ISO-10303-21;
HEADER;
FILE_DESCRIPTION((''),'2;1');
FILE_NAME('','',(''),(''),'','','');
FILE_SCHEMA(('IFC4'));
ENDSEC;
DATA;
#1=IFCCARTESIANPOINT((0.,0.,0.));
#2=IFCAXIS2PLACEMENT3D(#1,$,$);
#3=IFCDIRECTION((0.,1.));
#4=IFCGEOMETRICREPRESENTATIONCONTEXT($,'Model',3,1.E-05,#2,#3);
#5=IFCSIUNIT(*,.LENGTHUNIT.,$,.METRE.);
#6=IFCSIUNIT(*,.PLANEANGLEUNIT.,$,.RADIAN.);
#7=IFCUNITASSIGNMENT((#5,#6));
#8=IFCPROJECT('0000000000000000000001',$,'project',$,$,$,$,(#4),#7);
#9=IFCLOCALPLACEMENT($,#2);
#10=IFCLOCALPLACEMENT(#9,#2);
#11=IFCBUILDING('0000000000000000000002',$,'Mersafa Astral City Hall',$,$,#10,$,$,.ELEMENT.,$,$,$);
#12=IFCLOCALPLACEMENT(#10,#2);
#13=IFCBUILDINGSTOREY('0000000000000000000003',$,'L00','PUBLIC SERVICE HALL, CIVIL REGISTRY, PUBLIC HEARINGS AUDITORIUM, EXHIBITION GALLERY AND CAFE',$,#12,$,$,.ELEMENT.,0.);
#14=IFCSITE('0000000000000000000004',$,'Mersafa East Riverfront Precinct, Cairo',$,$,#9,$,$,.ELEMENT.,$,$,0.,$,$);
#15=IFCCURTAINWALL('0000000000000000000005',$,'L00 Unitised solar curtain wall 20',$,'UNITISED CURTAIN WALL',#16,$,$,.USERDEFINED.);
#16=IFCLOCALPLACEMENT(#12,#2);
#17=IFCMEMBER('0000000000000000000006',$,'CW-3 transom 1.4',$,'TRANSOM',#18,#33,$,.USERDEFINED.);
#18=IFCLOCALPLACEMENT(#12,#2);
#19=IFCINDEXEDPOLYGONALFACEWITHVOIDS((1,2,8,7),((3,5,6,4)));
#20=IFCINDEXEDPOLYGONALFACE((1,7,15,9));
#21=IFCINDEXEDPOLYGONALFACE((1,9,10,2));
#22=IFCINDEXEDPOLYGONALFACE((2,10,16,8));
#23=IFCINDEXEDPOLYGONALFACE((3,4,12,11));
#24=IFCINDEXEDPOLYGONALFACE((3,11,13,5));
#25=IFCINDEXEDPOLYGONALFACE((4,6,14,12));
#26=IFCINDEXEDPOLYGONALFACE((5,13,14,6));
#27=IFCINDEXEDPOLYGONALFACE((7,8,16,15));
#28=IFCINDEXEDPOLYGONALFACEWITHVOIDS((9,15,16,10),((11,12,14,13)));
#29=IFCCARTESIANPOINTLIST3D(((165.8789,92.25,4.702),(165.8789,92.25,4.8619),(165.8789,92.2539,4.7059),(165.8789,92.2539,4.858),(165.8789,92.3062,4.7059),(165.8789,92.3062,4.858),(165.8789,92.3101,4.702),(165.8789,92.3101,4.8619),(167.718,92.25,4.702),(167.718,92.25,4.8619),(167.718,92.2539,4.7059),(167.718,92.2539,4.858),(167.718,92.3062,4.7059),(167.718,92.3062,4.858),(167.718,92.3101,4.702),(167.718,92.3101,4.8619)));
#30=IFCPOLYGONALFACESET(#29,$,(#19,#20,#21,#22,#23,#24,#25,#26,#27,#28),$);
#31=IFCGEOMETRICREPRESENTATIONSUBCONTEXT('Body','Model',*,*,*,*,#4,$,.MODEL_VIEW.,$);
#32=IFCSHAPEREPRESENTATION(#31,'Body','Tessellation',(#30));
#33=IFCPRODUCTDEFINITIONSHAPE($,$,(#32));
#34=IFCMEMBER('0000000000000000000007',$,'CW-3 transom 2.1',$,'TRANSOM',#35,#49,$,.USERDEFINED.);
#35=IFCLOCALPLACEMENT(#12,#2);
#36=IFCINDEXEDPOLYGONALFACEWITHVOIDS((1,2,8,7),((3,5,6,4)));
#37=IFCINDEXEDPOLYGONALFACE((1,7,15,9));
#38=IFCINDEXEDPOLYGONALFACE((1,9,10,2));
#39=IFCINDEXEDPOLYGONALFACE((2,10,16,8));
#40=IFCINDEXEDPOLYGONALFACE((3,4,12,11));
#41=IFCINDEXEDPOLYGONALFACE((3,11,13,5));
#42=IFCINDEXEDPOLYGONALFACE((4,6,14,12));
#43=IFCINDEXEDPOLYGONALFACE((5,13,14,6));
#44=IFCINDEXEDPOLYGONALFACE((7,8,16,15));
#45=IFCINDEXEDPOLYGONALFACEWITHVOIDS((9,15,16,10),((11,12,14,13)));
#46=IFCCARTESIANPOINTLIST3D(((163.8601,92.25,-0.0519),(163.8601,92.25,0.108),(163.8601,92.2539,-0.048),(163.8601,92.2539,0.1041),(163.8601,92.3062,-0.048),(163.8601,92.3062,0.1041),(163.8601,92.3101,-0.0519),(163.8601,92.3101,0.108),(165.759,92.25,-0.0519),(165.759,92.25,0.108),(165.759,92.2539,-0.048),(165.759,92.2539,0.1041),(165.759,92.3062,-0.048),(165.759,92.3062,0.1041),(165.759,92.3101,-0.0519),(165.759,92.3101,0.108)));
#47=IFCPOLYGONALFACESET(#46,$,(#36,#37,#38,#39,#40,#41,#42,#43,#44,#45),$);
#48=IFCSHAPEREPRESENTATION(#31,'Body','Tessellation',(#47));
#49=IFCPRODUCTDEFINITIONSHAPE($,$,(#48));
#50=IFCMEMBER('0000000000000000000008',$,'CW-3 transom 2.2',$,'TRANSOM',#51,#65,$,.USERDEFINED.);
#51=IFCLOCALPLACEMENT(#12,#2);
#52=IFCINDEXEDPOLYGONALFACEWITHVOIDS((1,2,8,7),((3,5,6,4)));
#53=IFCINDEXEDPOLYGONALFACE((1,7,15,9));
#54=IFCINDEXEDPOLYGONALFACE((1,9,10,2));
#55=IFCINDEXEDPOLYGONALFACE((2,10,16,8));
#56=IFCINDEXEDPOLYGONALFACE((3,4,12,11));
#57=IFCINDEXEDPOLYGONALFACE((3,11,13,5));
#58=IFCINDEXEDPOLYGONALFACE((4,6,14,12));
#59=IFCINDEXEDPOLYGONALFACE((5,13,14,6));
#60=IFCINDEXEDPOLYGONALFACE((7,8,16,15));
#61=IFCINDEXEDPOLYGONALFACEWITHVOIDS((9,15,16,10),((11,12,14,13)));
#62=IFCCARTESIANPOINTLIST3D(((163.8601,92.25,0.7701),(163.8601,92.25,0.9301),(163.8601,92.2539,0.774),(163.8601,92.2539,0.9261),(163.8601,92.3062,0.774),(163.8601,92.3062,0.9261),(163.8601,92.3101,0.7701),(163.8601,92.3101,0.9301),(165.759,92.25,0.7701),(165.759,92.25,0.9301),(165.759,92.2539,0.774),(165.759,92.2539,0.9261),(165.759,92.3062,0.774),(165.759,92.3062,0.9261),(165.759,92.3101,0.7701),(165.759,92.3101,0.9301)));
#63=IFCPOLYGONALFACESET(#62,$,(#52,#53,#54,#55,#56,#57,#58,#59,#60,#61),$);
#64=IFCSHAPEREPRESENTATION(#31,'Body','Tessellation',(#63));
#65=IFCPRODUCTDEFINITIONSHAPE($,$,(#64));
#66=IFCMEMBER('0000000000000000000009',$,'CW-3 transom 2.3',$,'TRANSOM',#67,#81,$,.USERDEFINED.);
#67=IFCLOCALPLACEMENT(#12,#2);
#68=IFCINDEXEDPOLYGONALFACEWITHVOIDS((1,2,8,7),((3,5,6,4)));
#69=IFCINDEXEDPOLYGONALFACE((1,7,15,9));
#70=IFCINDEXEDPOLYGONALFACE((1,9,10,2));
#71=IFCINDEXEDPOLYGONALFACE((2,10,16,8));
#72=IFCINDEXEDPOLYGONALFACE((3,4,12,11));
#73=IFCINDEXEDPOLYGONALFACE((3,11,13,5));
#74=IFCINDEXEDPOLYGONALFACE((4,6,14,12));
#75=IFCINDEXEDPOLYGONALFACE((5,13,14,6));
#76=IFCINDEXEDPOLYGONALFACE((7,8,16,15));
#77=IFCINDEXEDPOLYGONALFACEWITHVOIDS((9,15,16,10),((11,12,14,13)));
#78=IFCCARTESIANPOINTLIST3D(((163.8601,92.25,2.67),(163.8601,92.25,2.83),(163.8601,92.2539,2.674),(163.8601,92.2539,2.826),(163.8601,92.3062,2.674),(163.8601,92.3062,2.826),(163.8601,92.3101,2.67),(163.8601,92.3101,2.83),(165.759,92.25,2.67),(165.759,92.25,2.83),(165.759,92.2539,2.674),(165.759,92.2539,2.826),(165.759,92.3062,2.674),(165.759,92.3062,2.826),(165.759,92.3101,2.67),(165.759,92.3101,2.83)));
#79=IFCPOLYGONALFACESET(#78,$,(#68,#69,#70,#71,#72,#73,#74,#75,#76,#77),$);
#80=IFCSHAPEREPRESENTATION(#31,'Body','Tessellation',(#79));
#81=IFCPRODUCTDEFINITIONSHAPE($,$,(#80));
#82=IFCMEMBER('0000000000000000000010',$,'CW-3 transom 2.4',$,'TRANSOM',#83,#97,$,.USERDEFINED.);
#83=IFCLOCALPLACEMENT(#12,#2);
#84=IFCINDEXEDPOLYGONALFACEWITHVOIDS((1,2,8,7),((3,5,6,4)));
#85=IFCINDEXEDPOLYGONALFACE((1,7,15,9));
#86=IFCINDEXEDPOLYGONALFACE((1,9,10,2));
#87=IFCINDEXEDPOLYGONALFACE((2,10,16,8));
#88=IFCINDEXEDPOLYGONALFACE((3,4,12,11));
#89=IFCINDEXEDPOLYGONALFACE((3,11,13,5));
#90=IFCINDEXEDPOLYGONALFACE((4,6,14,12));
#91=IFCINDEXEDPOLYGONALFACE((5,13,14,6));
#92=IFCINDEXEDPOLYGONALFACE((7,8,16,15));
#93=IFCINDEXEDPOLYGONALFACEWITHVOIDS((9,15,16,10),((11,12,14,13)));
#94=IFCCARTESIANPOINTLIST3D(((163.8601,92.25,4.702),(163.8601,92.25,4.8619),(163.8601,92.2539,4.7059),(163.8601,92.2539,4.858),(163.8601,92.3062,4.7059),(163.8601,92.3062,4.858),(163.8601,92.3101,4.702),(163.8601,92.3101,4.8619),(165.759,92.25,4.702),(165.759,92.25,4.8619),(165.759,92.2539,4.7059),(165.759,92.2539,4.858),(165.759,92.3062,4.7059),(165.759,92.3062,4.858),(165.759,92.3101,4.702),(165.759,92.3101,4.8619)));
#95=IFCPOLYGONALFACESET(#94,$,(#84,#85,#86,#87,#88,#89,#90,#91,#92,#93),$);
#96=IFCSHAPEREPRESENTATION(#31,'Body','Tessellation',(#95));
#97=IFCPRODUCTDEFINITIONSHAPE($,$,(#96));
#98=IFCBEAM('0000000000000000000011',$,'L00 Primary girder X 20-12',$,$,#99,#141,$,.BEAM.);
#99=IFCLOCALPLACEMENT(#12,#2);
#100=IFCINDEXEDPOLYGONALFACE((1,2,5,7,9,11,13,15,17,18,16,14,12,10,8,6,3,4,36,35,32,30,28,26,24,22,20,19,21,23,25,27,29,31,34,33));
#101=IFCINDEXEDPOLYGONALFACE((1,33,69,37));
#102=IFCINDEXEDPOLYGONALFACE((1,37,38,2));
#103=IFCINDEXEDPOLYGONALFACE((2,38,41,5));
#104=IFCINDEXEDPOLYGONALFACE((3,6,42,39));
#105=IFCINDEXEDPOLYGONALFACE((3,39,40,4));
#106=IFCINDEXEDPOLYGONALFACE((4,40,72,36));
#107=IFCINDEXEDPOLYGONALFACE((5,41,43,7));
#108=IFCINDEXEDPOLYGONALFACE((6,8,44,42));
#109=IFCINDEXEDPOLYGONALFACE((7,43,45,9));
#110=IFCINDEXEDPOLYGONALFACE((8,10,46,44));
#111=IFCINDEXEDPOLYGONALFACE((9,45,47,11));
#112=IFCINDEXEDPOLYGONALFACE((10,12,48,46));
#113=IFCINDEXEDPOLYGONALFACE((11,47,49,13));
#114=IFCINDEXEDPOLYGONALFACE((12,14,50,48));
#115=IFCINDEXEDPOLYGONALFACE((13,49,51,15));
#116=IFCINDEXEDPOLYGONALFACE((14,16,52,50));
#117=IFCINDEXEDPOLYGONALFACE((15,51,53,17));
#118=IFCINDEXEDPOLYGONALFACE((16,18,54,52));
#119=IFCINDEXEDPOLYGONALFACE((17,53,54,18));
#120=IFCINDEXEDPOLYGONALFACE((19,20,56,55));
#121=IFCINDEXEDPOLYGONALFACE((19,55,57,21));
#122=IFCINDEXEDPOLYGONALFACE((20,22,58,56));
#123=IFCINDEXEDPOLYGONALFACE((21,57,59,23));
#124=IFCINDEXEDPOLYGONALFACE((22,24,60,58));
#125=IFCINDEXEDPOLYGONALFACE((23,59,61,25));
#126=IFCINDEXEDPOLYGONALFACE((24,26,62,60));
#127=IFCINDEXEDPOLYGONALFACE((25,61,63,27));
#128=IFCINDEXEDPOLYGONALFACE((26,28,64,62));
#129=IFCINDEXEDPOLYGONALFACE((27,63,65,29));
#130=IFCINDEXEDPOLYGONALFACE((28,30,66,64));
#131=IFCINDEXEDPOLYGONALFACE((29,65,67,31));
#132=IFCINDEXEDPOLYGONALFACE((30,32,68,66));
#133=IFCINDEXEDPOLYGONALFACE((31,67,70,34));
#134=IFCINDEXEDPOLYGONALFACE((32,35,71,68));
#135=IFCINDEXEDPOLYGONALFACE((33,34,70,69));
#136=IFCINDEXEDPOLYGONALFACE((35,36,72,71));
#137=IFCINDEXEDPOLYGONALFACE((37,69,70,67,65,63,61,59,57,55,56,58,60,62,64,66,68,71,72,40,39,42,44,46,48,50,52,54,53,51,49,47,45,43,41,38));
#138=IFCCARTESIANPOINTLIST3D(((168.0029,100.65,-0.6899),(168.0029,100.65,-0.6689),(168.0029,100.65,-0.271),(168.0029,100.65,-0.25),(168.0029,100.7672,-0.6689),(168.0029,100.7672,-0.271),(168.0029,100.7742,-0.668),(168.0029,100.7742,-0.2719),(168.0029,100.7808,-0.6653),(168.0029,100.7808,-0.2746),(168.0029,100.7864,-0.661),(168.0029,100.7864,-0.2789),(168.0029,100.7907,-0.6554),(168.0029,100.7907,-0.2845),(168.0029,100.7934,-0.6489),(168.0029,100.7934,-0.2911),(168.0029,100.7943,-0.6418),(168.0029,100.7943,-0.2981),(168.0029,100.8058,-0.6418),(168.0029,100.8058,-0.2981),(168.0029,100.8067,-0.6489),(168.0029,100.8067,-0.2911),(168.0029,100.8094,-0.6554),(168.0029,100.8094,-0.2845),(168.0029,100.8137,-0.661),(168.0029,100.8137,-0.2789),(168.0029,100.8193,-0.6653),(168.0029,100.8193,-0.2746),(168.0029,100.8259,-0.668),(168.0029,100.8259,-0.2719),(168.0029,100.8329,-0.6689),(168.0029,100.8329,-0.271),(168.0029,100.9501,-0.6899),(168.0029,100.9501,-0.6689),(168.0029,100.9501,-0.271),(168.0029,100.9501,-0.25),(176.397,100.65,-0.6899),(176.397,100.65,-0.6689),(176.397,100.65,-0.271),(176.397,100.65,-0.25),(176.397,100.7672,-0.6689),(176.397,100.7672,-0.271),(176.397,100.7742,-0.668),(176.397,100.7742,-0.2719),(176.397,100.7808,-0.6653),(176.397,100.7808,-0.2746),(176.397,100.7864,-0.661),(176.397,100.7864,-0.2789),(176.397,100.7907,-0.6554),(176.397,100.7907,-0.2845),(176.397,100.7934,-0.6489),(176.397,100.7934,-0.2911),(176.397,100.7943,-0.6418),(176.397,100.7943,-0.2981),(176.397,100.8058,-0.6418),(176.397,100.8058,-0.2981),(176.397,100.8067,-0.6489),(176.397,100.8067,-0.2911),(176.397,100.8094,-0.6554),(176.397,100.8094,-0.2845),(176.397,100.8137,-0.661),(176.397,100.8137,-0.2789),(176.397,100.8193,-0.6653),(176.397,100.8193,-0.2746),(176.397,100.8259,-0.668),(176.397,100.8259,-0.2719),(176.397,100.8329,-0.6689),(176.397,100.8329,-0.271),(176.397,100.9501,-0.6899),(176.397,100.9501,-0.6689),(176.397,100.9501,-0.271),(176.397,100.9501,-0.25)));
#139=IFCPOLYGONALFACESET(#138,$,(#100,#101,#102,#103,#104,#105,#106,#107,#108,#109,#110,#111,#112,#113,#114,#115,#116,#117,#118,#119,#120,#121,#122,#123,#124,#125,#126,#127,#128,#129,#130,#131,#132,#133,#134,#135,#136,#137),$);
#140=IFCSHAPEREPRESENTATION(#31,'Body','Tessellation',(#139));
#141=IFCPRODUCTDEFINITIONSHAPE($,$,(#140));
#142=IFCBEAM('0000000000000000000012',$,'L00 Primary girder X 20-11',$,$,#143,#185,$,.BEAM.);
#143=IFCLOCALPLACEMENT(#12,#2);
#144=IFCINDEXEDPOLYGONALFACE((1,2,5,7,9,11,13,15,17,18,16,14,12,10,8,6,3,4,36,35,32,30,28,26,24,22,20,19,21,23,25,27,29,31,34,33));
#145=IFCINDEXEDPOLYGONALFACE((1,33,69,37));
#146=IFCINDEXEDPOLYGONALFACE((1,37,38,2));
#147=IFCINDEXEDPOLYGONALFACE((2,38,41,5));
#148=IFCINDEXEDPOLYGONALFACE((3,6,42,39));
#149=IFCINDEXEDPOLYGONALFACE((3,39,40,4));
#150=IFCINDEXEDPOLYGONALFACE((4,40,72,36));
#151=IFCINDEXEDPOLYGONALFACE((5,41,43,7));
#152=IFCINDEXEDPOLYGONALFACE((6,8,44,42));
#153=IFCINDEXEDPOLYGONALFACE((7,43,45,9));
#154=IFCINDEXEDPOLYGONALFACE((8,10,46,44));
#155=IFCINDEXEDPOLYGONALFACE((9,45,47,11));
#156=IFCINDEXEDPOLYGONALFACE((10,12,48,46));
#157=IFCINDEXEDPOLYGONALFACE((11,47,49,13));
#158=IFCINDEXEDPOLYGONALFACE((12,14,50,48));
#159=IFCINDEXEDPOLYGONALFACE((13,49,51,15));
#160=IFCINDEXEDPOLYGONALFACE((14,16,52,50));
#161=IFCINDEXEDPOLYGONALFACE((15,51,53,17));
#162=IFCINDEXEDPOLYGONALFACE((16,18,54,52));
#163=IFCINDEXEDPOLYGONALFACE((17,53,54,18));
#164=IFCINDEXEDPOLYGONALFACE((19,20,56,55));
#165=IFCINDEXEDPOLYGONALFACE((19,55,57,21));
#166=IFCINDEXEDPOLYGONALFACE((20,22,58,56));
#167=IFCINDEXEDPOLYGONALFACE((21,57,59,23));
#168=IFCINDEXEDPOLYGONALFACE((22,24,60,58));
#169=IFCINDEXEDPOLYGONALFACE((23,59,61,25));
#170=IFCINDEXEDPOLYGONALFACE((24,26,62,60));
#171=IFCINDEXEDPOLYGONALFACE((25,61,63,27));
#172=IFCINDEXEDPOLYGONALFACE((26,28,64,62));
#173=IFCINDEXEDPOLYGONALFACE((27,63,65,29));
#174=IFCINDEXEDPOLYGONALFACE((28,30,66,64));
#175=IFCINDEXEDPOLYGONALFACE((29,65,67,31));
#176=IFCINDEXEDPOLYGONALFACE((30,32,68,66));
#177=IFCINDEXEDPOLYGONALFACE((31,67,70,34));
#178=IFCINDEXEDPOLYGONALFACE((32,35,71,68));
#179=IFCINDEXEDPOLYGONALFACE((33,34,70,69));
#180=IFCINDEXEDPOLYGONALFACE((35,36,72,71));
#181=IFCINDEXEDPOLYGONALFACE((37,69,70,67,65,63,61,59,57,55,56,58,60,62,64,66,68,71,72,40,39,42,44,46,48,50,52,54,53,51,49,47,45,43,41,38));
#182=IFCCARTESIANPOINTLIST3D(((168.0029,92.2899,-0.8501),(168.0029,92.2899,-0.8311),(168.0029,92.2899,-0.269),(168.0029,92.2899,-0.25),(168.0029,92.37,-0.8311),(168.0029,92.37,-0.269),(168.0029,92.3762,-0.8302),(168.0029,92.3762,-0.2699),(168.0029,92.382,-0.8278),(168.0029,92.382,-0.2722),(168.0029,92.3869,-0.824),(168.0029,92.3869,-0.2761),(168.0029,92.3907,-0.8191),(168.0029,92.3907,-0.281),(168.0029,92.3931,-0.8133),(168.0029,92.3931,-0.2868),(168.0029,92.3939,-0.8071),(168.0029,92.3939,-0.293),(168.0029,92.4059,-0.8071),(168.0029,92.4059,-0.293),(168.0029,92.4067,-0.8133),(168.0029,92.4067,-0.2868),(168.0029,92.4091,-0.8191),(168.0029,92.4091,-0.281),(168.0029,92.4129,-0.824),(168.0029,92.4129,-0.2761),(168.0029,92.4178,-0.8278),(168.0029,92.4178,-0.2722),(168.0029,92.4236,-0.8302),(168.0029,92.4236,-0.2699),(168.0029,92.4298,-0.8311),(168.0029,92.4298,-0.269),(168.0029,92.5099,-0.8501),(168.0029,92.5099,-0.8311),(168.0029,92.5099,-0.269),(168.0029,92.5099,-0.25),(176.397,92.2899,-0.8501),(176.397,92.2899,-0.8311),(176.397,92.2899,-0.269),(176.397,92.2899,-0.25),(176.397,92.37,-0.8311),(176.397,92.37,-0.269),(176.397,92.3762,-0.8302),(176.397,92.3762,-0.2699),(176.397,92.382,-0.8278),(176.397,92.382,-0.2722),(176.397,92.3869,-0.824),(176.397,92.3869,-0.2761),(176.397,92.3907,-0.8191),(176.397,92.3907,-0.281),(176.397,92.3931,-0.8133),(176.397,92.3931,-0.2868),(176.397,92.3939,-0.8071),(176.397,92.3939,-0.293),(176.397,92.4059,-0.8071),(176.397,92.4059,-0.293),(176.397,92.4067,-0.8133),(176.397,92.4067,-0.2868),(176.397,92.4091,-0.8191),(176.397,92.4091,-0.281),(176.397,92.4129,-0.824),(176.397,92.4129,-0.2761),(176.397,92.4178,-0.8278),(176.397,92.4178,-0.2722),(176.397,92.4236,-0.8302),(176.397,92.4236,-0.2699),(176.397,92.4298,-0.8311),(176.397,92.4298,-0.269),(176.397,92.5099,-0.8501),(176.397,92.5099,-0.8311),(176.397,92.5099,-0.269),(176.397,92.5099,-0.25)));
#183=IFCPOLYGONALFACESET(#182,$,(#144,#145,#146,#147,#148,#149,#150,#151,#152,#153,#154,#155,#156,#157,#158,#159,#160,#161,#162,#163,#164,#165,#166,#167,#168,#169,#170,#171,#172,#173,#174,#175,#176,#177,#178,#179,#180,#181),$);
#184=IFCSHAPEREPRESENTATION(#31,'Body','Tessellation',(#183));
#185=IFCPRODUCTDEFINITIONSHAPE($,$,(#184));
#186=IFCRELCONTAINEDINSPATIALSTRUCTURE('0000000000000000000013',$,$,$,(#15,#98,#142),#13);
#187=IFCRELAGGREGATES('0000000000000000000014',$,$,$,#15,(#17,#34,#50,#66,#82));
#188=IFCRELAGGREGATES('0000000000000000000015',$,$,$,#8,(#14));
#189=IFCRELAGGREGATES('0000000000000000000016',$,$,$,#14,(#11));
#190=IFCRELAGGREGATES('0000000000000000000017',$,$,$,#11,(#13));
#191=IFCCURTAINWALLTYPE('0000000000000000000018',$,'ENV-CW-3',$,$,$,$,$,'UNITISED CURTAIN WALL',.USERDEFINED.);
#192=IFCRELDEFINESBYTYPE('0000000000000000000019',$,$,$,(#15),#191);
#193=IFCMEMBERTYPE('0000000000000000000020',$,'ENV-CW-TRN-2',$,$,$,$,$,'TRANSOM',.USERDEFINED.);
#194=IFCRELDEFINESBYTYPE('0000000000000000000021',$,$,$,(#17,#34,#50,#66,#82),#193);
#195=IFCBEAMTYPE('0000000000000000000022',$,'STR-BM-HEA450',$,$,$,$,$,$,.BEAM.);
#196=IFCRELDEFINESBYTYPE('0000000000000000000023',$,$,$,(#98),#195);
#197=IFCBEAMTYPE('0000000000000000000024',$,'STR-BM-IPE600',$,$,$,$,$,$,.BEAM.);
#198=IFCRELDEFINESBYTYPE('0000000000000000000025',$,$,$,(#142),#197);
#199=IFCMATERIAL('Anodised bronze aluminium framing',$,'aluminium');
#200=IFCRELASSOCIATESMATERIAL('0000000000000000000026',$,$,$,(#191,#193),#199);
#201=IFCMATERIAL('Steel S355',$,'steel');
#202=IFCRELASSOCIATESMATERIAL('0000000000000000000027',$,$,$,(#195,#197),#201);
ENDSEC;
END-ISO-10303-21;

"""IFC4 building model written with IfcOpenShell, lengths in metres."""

from ifc_helpers import new_model, si_unit, direction, frame, origin, origin_2d, place, context, subcontext, project, spatial, hollow_rectangle, i_section, extrude, material, material_profile, profile_set, type_object, element, aggregate, save


model = new_model("IFC4")

# Units and contexts
model_context = context("Model", 3, precision=1e-05, world=origin(), true_north=direction((0.0, 1.0)))
body_context = subcontext(model_context, "Body", "Model", "MODEL_VIEW")
ifc_project = project(units=[si_unit("LENGTHUNIT", "METRE"), si_unit("PLANEANGLEUNIT", "RADIAN")], contexts=[model_context])

# Site, building, storey
site_placement = place(None, origin())
site = spatial("IfcSite", under=ifc_project, at=site_placement, Name="Mersafa East Riverfront Precinct, Cairo", CompositionType="ELEMENT", RefElevation=0.0)
building_placement = place(site_placement, origin())
building = spatial("IfcBuilding", under=site, at=building_placement, Name="Mersafa Astral City Hall", CompositionType="ELEMENT")
storey_placement = place(building_placement, origin())
storey = spatial("IfcBuildingStorey", under=building, at=storey_placement, Name="L00", Description="PUBLIC SERVICE HALL, CIVIL REGISTRY, PUBLIC HEARINGS AUDITORIUM, EXHIBITION GALLERY AND CAFE", CompositionType="ELEMENT", Elevation=0.0)

# Shared definitions
ifc_material_1 = material(Name="Steel S355", Category="steel")

# Curtain wall, members
ifc_material_2 = material(Name="Anodised bronze aluminium framing", Category="aluminium")
curtain_wall_type = type_object("IfcCurtainWallType", Name="ENV-CW-3", ElementType="UNITISED CURTAIN WALL", PredefinedType="USERDEFINED", material=ifc_material_2)
curtain_wall_placement = place(storey_placement, origin())
curtain_wall = element("IfcCurtainWall", 1, at=curtain_wall_placement, inside=storey, type_object=curtain_wall_type, Name="L00 Unitised solar curtain wall 20", ObjectType="UNITISED CURTAIN WALL", PredefinedType="USERDEFINED")
ifc_material_profile_1 = material_profile(ifc_material_2, hollow_rectangle(XDim=0.0601, YDim=0.1599, WallThickness=0.0039, at=origin_2d()), Name="RHS 60x160x4")
ifc_profile_set_1 = profile_set([ifc_material_profile_1], Name="Anodised bronze aluminium framing")
member_type_1 = type_object("IfcMemberType", Name="ENV-CW-TRN-2", ElementType="TRANSOM", PredefinedType="USERDEFINED", material=ifc_profile_set_1)
member_1_placement = place(storey_placement, frame((167.718, 92.28, 4.782), z_axis=(-1.0, 0.0, 0.0), x_axis=(0.0, -1.0, 0.0)))
member_1 = element("IfcMember", 2, at=member_1_placement, type_object=member_type_1, Name="CW-3 transom 1.4", ObjectType="TRANSOM", PredefinedType="USERDEFINED", context=body_context, shape_type="SweptSolid", body=[
    extrude(hollow_rectangle(XDim=0.0601, YDim=0.1599, WallThickness=0.0039, at=origin_2d()), origin(), (0.0, 0.0, 1.0), 1.8391),
])
member_2_placement = place(storey_placement, frame((165.759, 92.28, 0.0281), z_axis=(-1.0, 0.0, 0.0), x_axis=(0.0, -1.0, 0.0)))
member_2 = element("IfcMember", 3, at=member_2_placement, type_object=member_type_1, Name="CW-3 transom 2.1", ObjectType="TRANSOM", PredefinedType="USERDEFINED", context=body_context, shape_type="SweptSolid", body=[
    extrude(hollow_rectangle(XDim=0.0601, YDim=0.1599, WallThickness=0.0039, at=origin_2d()), origin(), (0.0, 0.0, 1.0), 1.8989),
])
member_3_placement = place(storey_placement, frame((165.759, 92.28, 0.8501), z_axis=(-1.0, 0.0, 0.0), x_axis=(0.0, -1.0, 0.0)))
member_3 = element("IfcMember", 4, at=member_3_placement, type_object=member_type_1, Name="CW-3 transom 2.2", ObjectType="TRANSOM", PredefinedType="USERDEFINED", context=body_context, shape_type="SweptSolid", body=[
    extrude(hollow_rectangle(XDim=0.0601, YDim=0.1599, WallThickness=0.0039, at=origin_2d()), origin(), (0.0, 0.0, 1.0), 1.8989),
])
member_4_placement = place(storey_placement, frame((165.759, 92.28, 2.75), z_axis=(-1.0, 0.0, 0.0), x_axis=(0.0, -1.0, 0.0)))
member_4 = element("IfcMember", 5, at=member_4_placement, type_object=member_type_1, Name="CW-3 transom 2.3", ObjectType="TRANSOM", PredefinedType="USERDEFINED", context=body_context, shape_type="SweptSolid", body=[
    extrude(hollow_rectangle(XDim=0.0601, YDim=0.1599, WallThickness=0.0039, at=origin_2d()), origin(), (0.0, 0.0, 1.0), 1.8989),
])
member_5_placement = place(storey_placement, frame((165.759, 92.28, 4.782), z_axis=(-1.0, 0.0, 0.0), x_axis=(0.0, -1.0, 0.0)))
member_5 = element("IfcMember", 6, at=member_5_placement, type_object=member_type_1, Name="CW-3 transom 2.4", ObjectType="TRANSOM", PredefinedType="USERDEFINED", context=body_context, shape_type="SweptSolid", body=[
    extrude(hollow_rectangle(XDim=0.0601, YDim=0.1599, WallThickness=0.0039, at=origin_2d()), origin(), (0.0, 0.0, 1.0), 1.8989),
])

# Beams
ifc_material_profile_2 = material_profile(ifc_material_1, i_section(OverallWidth=0.3, OverallDepth=0.4399, WebThickness=0.0115, FlangeThickness=0.021, FilletRadius=0.0271, at=origin_2d()), Name="HEA 450")
ifc_profile_set_2 = profile_set([ifc_material_profile_2], Name="Steel S355")
beam_type_1 = type_object("IfcBeamType", Name="STR-BM-HEA450", PredefinedType="BEAM", material=ifc_profile_set_2)
beam_1_placement = place(storey_placement, frame((168.0029, 100.8, -0.47), z_axis=(1.0, 0.0, 0.0), x_axis=(0.0, 1.0, 0.0)))
element("IfcBeam", 7, at=beam_1_placement, inside=storey, type_object=beam_type_1, Name="L00 Primary girder X 20-12", PredefinedType="BEAM", context=body_context, shape_type="SweptSolid", body=[
    extrude(i_section(OverallWidth=0.3, OverallDepth=0.4399, WebThickness=0.0115, FlangeThickness=0.021, FilletRadius=0.0271, at=origin_2d()), origin(), (0.0, 0.0, 1.0), 8.394),
])
ifc_material_profile_3 = material_profile(ifc_material_1, i_section(OverallWidth=0.22, OverallDepth=0.6001, WebThickness=0.012, FlangeThickness=0.019, FilletRadius=0.0239, at=origin_2d()), Name="IPE 600")
ifc_profile_set_3 = profile_set([ifc_material_profile_3], Name="Steel S355")
beam_type_2 = type_object("IfcBeamType", Name="STR-BM-IPE600", PredefinedType="BEAM", material=ifc_profile_set_3)
beam_2_placement = place(storey_placement, frame((168.0029, 92.3999, -0.55), z_axis=(1.0, 0.0, 0.0), x_axis=(0.0, 1.0, 0.0)))
element("IfcBeam", 8, at=beam_2_placement, inside=storey, type_object=beam_type_2, Name="L00 Primary girder X 20-11", PredefinedType="BEAM", context=body_context, shape_type="SweptSolid", body=[
    extrude(i_section(OverallWidth=0.22, OverallDepth=0.6001, WebThickness=0.012, FlangeThickness=0.019, FilletRadius=0.0239, at=origin_2d()), origin(), (0.0, 0.0, 1.0), 8.394),
])

aggregate(curtain_wall, [member_1, member_2, member_3, member_4, member_5])

save(model, "model.ifc")
